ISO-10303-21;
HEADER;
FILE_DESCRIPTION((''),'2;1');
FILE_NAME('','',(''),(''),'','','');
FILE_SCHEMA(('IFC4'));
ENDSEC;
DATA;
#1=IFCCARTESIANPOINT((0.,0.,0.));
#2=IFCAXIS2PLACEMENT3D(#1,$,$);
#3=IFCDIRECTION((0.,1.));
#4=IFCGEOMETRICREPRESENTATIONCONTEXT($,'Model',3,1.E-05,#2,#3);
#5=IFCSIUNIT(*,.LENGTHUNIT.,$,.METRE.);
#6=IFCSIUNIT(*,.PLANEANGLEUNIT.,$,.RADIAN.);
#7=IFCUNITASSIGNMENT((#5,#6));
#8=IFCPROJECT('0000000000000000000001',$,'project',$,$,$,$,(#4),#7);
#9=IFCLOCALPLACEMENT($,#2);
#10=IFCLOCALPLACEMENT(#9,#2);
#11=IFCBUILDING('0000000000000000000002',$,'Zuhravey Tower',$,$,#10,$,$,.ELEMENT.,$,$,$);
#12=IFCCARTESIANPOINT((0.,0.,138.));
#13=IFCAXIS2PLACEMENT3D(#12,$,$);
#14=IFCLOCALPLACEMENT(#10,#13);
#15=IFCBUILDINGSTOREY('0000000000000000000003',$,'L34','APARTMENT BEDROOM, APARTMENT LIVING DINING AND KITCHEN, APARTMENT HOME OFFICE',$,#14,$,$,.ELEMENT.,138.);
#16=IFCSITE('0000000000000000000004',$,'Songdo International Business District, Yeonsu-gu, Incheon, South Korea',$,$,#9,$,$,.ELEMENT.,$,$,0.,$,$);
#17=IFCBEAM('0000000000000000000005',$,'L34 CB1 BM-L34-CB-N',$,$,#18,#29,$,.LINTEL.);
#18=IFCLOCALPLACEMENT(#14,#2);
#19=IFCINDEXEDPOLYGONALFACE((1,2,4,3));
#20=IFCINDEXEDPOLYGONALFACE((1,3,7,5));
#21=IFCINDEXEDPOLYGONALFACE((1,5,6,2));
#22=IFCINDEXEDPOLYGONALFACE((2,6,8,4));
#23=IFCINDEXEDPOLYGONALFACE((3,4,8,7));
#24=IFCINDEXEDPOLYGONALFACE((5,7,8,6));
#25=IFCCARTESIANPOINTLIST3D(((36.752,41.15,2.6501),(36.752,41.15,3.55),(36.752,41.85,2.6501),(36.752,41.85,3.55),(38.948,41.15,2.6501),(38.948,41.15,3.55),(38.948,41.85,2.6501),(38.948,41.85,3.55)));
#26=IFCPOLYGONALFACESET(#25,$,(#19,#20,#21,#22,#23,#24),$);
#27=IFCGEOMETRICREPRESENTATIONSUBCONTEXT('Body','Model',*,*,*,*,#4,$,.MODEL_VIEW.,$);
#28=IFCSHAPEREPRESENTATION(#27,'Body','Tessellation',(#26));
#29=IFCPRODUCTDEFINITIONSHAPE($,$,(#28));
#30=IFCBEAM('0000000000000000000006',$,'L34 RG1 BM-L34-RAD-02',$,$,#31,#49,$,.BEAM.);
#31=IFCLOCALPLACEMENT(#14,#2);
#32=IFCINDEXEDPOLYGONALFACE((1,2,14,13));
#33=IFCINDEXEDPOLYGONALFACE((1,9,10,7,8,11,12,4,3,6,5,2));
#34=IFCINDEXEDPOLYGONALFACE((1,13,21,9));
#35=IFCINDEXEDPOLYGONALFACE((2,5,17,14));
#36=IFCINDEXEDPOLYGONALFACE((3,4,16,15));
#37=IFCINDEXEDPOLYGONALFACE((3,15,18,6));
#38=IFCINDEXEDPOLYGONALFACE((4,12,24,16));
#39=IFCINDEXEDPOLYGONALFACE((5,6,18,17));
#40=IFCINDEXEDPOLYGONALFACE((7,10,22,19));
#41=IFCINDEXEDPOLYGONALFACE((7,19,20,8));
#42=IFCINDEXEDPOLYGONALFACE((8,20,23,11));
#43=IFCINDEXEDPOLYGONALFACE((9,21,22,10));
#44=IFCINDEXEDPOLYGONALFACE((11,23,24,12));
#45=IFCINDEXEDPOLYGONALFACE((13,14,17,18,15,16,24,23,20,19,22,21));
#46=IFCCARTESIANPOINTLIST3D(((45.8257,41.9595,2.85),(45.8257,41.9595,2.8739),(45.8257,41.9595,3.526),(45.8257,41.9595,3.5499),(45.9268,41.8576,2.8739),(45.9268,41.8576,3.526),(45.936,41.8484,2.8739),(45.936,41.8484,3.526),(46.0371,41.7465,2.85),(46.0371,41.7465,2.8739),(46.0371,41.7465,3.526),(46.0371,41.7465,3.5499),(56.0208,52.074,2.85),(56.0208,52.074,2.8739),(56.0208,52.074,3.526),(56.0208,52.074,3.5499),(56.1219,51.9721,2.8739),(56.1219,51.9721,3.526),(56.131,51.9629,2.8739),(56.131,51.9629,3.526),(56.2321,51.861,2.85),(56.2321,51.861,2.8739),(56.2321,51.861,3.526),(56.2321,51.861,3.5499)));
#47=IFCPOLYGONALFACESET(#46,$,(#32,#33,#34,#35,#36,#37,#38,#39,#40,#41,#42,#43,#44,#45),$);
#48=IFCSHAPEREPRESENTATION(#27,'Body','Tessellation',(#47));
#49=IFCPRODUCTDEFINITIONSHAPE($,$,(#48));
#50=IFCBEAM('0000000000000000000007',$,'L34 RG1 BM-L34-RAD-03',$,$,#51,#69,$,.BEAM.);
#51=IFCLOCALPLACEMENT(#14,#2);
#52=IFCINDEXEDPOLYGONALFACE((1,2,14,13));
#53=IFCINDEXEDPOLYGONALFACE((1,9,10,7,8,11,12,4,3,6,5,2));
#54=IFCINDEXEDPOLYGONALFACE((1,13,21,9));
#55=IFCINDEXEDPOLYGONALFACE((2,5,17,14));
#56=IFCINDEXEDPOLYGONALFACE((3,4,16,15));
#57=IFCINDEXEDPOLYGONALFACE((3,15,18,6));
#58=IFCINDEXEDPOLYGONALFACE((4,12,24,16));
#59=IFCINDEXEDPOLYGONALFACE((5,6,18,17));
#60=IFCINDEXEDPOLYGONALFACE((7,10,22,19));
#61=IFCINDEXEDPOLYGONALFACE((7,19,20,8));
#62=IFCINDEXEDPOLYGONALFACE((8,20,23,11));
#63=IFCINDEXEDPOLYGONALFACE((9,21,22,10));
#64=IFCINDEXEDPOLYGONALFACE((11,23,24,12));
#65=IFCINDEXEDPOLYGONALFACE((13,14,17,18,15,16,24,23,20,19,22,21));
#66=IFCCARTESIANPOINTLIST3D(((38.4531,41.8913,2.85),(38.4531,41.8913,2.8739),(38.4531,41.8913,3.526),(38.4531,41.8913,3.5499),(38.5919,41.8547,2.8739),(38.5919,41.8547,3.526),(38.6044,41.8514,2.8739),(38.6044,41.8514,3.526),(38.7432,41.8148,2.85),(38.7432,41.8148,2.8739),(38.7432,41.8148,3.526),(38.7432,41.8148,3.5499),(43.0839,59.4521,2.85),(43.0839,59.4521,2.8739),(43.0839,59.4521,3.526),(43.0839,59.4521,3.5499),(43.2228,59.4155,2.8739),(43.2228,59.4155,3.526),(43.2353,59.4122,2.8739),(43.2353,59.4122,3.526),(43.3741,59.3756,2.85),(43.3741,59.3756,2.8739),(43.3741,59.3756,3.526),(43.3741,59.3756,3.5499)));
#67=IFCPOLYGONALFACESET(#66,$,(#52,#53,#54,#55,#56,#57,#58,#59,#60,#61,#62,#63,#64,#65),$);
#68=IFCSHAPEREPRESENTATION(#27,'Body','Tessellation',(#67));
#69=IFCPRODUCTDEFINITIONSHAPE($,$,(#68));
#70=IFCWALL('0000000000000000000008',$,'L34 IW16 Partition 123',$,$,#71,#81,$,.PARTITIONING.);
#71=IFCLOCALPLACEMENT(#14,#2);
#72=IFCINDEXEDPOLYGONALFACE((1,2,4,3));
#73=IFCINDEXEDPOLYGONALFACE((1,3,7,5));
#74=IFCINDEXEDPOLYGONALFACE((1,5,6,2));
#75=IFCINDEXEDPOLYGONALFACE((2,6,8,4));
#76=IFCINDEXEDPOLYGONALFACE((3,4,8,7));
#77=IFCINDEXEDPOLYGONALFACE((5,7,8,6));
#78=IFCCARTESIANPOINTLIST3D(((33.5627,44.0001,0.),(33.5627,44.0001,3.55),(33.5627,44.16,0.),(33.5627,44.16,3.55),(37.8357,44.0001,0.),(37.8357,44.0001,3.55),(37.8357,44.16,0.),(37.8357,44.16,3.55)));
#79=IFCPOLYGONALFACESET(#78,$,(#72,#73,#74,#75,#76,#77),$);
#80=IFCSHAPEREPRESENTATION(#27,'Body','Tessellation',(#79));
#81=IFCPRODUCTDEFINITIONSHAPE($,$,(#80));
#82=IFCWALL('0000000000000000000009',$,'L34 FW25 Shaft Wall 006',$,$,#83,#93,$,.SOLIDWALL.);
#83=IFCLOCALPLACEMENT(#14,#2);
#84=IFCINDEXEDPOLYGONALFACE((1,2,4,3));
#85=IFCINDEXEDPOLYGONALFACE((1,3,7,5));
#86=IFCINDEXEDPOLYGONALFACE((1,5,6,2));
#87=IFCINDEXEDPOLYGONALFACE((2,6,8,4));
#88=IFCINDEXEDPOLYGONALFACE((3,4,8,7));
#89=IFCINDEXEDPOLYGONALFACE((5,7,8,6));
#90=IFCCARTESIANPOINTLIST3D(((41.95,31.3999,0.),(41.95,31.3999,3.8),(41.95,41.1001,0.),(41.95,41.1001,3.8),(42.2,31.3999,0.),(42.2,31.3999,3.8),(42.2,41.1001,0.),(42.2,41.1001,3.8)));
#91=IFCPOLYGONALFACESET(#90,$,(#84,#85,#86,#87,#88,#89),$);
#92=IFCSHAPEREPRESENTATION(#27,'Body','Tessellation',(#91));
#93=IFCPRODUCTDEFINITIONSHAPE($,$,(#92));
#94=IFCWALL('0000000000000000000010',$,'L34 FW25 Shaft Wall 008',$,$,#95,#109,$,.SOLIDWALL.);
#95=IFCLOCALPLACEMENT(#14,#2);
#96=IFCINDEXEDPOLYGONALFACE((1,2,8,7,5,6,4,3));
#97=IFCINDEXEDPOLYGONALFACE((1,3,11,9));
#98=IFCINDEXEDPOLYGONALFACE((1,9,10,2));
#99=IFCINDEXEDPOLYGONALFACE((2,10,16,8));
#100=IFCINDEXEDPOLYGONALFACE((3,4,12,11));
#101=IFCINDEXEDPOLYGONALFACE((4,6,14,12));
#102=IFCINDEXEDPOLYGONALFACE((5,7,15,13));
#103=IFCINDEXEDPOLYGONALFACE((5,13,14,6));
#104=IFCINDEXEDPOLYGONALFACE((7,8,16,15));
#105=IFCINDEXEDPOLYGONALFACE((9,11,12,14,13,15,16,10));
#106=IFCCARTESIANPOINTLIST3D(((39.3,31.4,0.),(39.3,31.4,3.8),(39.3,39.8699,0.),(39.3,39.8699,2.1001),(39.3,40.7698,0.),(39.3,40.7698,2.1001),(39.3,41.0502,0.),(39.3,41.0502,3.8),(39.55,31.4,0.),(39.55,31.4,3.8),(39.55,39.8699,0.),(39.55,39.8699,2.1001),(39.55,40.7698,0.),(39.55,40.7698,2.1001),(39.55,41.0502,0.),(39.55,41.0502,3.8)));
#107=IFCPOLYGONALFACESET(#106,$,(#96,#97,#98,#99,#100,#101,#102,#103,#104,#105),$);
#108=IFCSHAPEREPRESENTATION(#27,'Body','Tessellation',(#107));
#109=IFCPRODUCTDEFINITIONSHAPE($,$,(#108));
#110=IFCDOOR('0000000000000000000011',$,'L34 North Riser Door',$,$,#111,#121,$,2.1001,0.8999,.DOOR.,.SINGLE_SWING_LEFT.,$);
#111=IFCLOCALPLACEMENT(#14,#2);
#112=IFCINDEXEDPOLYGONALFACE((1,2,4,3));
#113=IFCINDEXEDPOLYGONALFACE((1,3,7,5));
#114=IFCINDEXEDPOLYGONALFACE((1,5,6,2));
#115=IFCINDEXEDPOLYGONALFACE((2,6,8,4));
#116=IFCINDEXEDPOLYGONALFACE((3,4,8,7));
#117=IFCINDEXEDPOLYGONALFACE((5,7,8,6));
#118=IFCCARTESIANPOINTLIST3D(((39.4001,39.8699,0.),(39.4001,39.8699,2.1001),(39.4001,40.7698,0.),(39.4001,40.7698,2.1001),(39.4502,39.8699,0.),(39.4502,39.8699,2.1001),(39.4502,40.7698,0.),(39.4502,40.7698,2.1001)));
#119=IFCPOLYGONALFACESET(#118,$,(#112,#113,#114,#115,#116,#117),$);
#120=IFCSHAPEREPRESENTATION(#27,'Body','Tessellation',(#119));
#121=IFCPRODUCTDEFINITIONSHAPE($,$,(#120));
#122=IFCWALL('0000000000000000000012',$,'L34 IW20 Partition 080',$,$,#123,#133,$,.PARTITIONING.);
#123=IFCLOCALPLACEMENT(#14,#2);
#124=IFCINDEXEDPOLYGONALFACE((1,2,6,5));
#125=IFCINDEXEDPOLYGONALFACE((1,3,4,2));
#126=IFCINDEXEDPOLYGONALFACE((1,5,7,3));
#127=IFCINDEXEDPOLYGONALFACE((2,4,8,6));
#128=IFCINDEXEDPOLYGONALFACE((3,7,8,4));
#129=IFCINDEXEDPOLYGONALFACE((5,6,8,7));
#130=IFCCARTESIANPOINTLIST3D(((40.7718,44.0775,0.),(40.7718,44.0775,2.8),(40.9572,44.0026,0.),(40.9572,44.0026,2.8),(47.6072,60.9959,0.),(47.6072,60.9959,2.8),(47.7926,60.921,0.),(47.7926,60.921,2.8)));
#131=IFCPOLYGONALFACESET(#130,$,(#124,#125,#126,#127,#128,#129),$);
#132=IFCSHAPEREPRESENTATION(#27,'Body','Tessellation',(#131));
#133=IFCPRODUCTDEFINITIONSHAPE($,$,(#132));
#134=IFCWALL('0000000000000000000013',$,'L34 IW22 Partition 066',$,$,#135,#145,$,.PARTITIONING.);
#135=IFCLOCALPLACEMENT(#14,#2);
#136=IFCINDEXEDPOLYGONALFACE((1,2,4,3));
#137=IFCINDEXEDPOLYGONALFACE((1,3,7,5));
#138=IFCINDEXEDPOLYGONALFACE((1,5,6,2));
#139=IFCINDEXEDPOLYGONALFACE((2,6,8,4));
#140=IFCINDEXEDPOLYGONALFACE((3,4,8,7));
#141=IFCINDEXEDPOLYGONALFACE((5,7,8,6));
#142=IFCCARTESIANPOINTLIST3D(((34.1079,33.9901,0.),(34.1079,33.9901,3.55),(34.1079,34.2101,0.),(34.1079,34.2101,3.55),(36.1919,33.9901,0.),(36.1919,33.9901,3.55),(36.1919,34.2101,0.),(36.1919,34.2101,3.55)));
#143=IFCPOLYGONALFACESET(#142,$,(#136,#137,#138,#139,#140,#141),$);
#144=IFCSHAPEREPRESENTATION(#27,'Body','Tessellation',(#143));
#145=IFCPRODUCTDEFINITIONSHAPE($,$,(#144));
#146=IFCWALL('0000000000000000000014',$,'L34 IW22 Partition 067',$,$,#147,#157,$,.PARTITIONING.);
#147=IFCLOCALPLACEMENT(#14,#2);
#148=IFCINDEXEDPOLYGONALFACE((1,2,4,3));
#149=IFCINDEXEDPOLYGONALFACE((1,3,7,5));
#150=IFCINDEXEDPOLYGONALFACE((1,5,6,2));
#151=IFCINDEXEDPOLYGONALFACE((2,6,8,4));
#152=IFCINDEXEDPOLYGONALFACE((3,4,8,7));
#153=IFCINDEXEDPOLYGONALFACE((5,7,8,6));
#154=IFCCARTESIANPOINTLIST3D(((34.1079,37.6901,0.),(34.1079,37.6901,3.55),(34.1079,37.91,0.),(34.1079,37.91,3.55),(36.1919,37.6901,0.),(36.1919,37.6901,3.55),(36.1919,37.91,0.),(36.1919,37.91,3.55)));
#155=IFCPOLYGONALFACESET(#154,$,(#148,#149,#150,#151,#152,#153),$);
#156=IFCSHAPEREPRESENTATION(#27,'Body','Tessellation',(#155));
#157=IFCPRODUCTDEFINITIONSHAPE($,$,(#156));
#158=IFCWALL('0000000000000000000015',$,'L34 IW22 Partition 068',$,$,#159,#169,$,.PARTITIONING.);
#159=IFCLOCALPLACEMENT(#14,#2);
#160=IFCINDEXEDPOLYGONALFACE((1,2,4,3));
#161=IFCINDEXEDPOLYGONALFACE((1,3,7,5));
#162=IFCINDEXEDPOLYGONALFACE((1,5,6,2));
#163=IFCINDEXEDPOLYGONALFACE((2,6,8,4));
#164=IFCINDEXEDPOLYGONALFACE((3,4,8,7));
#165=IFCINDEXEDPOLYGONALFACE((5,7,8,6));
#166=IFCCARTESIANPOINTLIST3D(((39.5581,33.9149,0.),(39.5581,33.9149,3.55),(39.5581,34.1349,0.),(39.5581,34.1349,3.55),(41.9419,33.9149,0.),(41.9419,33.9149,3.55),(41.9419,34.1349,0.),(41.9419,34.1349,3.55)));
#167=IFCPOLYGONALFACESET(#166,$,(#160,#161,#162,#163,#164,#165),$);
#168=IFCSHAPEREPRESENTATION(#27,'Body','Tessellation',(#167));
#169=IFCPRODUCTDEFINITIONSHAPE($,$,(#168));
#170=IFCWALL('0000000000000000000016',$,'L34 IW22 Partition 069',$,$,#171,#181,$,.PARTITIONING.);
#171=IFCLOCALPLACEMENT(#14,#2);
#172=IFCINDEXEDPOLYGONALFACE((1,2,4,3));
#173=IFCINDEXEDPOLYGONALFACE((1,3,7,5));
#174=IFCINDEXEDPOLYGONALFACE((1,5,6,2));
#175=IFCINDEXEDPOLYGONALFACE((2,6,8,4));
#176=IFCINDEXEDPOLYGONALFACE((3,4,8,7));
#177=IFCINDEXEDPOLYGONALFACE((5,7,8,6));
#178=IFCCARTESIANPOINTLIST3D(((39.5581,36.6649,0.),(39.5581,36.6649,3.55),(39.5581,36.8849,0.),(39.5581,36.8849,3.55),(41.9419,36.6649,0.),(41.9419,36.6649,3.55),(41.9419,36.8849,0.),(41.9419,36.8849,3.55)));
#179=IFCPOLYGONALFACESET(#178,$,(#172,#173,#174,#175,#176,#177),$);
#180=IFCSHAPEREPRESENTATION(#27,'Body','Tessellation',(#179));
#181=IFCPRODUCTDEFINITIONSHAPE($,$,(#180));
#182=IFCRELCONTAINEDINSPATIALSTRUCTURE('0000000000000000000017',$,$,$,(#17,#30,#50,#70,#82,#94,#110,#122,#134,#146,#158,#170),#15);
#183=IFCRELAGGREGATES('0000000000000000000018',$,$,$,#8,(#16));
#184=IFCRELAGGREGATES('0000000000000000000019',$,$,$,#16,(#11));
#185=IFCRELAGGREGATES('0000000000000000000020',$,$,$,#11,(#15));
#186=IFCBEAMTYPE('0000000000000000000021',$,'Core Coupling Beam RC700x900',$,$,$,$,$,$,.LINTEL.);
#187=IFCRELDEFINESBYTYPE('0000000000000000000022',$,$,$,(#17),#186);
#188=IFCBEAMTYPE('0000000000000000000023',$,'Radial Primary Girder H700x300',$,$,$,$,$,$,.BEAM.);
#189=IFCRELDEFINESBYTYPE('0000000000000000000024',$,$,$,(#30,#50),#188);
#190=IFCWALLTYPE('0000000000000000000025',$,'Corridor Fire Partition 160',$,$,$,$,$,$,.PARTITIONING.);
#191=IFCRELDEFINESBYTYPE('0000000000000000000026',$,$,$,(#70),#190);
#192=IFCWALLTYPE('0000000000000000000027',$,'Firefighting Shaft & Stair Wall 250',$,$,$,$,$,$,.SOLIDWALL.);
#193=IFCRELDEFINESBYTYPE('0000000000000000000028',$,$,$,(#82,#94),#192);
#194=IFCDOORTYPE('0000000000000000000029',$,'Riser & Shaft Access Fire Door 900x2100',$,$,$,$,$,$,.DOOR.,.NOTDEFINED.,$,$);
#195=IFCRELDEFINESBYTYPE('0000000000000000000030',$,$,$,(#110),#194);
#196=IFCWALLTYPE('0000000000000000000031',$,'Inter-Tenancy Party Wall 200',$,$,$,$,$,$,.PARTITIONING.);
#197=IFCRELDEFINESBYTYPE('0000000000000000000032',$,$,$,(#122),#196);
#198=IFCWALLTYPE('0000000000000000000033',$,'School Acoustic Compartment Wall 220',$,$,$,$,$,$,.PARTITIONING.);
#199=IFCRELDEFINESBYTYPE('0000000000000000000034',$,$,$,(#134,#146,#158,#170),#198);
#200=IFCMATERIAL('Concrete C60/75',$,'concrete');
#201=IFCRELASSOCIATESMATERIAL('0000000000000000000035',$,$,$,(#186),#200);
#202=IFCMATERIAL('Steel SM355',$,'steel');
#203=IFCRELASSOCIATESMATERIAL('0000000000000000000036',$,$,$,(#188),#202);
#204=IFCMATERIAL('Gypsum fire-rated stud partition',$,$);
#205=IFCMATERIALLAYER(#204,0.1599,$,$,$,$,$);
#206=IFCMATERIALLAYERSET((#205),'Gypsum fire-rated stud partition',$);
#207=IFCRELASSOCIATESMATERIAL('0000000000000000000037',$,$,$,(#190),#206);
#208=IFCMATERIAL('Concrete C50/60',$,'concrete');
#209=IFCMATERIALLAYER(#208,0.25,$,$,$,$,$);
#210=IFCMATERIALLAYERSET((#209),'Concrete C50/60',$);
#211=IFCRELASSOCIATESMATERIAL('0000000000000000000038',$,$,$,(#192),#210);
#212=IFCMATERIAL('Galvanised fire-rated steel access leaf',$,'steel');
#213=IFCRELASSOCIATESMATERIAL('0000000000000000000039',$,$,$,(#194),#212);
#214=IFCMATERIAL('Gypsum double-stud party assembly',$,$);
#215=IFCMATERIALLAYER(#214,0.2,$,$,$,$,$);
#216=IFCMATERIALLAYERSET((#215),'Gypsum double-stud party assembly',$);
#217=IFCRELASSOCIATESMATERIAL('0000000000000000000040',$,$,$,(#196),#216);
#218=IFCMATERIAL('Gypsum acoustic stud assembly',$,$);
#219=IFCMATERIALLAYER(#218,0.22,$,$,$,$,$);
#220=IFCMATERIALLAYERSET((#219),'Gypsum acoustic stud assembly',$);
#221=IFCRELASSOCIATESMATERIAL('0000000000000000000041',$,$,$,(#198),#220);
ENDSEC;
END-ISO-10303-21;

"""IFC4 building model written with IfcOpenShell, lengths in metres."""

from ifc_helpers import new_model, si_unit, direction, frame, frame_2d, origin, origin_2d, place, context, subcontext, project, spatial, rectangle, i_section, extrude, material, layer, layer_set, material_profile, profile_set, type_object, element, fill, save


model = new_model("IFC4")

# Units and contexts
model_context = context("Model", 3, precision=1e-05, world=origin(), true_north=direction((0.0, 1.0)))
body_context = subcontext(model_context, "Body", "Model", "MODEL_VIEW")
ifc_project = project(units=[si_unit("LENGTHUNIT", "METRE"), si_unit("PLANEANGLEUNIT", "RADIAN")], contexts=[model_context])

# Site, building, storey
site_placement = place(None, origin())
site = spatial("IfcSite", under=ifc_project, at=site_placement, Name="Songdo International Business District, Yeonsu-gu, Incheon, South Korea", CompositionType="ELEMENT", RefElevation=0.0)
building_placement = place(site_placement, origin())
building = spatial("IfcBuilding", under=site, at=building_placement, Name="Zuhravey Tower", CompositionType="ELEMENT")
storey_placement = place(building_placement, frame((0.0, 0.0, 138.0)))
storey = spatial("IfcBuildingStorey", under=building, at=storey_placement, Name="L34", Description="APARTMENT BEDROOM, APARTMENT LIVING DINING AND KITCHEN, APARTMENT HOME OFFICE", CompositionType="ELEMENT", Elevation=138.0)

# Beams
ifc_material_1 = material(Name="Concrete C60/75", Category="concrete")
ifc_material_profile_1 = material_profile(ifc_material_1, rectangle(XDim=0.7, YDim=0.8999, at=origin_2d()), Name="RC-700x900")
ifc_profile_set_1 = profile_set([ifc_material_profile_1], Name="Concrete C60/75")
beam_type_1 = type_object("IfcBeamType", Name="Core Coupling Beam RC700x900", PredefinedType="LINTEL", material=ifc_profile_set_1)
beam_1_placement = place(storey_placement, frame((36.752, 41.5, 3.1001), z_axis=(1.0, 0.0, 0.0), x_axis=(0.0, 1.0, 0.0)))
element("IfcBeam", 1, at=beam_1_placement, inside=storey, type_object=beam_type_1, Name="L34 CB1 BM-L34-CB-N", PredefinedType="LINTEL", context=body_context, shape_type="SweptSolid", body=[
    extrude(rectangle(XDim=0.7, YDim=0.8999, at=origin_2d()), origin(), (0.0, 0.0, 1.0), 2.196),
])
ifc_material_2 = material(Name="Steel SM355", Category="steel")
ifc_material_profile_2 = material_profile(ifc_material_2, i_section(OverallWidth=0.3, OverallDepth=0.7, WebThickness=0.0129, FlangeThickness=0.0239, at=origin_2d()), Name="H-700x300x13x24")
ifc_profile_set_2 = profile_set([ifc_material_profile_2], Name="Steel SM355")
beam_type_2 = type_object("IfcBeamType", Name="Radial Primary Girder H700x300", PredefinedType="BEAM", material=ifc_profile_set_2)
beam_2_placement = place(storey_placement, frame((45.9314, 41.853, 3.2), z_axis=(0.709906, 0.704296, 0.0), x_axis=(-0.704296, 0.709906, 0.0)))
element("IfcBeam", 2, at=beam_2_placement, inside=storey, type_object=beam_type_2, Name="L34 RG1 BM-L34-RAD-02", PredefinedType="BEAM", context=body_context, shape_type="SweptSolid", body=[
    extrude(i_section(OverallWidth=0.3, OverallDepth=0.7, WebThickness=0.0129, FlangeThickness=0.0239, at=origin_2d()), origin(), (0.0, 0.0, 1.0), 14.3611),
])
beam_3_placement = place(storey_placement, frame((38.5981, 41.853, 3.2), z_axis=(0.254988, 0.966944, 0.0), x_axis=(-0.966944, 0.254988, 0.0)))
element("IfcBeam", 3, at=beam_3_placement, inside=storey, type_object=beam_type_2, Name="L34 RG1 BM-L34-RAD-03", PredefinedType="BEAM", context=body_context, shape_type="SweptSolid", body=[
    extrude(i_section(OverallWidth=0.3, OverallDepth=0.7, WebThickness=0.0129, FlangeThickness=0.0239, at=origin_2d()), origin(), (0.0, 0.0, 1.0), 18.1611),
])

# Shared definitions
ifc_material_3 = material(Name="Gypsum fire-rated stud partition")
ifc_layer_1 = layer(ifc_material_3, 0.1599)
ifc_layer_set_1 = layer_set([ifc_layer_1], Name="Gypsum fire-rated stud partition")
wall_type_1 = type_object("IfcWallType", Name="Corridor Fire Partition 160", PredefinedType="PARTITIONING", material=ifc_layer_set_1)

# Wall
wall_1_placement = place(storey_placement, frame((37.8357, 44.0801, 0.0), z_axis=(0.0, 0.0, 1.0), x_axis=(-1.0, 0.0, 0.0)))
element("IfcWall", 4, at=wall_1_placement, inside=storey, type_object=wall_type_1, Name="L34 IW16 Partition 123", PredefinedType="PARTITIONING", context=body_context, shape_type="SweptSolid", body=[
    extrude(rectangle(XDim=4.2729, YDim=0.1599, at=frame_2d((2.1365, 0.0))), origin(), (0.0, 0.0, 1.0), 3.55),
])

# Shared definitions
ifc_material_4 = material(Name="Concrete C50/60", Category="concrete")
ifc_layer_2 = layer(ifc_material_4, 0.25)
ifc_layer_set_2 = layer_set([ifc_layer_2], Name="Concrete C50/60")
wall_type_2 = type_object("IfcWallType", Name="Firefighting Shaft & Stair Wall 250", PredefinedType="SOLIDWALL", material=ifc_layer_set_2)

# Wall
wall_2_placement = place(storey_placement, frame((42.075, 31.3999, 0.0), z_axis=(0.0, 0.0, 1.0), x_axis=(0.0, 1.0, 0.0)))
element("IfcWall", 5, at=wall_2_placement, inside=storey, type_object=wall_type_2, Name="L34 FW25 Shaft Wall 006", PredefinedType="SOLIDWALL", context=body_context, shape_type="SweptSolid", body=[
    extrude(rectangle(XDim=9.7002, YDim=0.25, at=frame_2d((4.8501, 0.0))), origin(), (0.0, 0.0, 1.0), 3.8),
])

# Wall, opening, door
wall_3_placement = place(storey_placement, frame((39.425, 31.3999, 0.0), z_axis=(0.0, 0.0, 1.0), x_axis=(0.0, 1.0, 0.0)))
wall_3 = element("IfcWall", 6, at=wall_3_placement, inside=storey, type_object=wall_type_2, Name="L34 FW25 Shaft Wall 008", PredefinedType="SOLIDWALL", context=body_context, shape_type="SweptSolid", body=[
    extrude(rectangle(XDim=9.6501, YDim=0.25, at=frame_2d((4.8252, 0.0))), origin(), (0.0, 0.0, 1.0), 3.8),
])
opening_1_placement = place(wall_3_placement, frame((8.47, 0.0, 0.0)))
opening_1 = element("IfcOpeningElement", 7, at=opening_1_placement, cuts=wall_3, PredefinedType="OPENING", context=body_context, shape_type="SweptSolid", body=[
    extrude(rectangle(XDim=0.8999, YDim=2.1001, at=frame_2d((0.45, 1.05))), frame((0.0, 0.137, 0.0), z_axis=(0.0, -1.0, 0.0), x_axis=(1.0, 0.0, 0.0)), (0.0, 0.0, 1.0), 0.2739),
])
ifc_material_5 = material(Name="Galvanised fire-rated steel access leaf", Category="steel")
door_type_1 = type_object("IfcDoorType", Name="Riser & Shaft Access Fire Door 900x2100", OperationType="NOTDEFINED", PredefinedType="DOOR", material=ifc_material_5)
door_1_placement = place(opening_1_placement, origin())
door_1 = element("IfcDoor", 8, at=door_1_placement, inside=storey, type_object=door_type_1, Name="L34 North Riser Door", OperationType="SINGLE_SWING_LEFT", OverallHeight=2.1001, OverallWidth=0.8999, PredefinedType="DOOR", context=body_context, shape_type="SweptSolid", body=[
    extrude(rectangle(XDim=0.8999, YDim=2.1001, at=frame_2d((0.45, 1.05))), frame((0.0, 0.0249, 0.0), z_axis=(0.0, -1.0, 0.0), x_axis=(1.0, 0.0, 0.0)), (0.0, 0.0, 1.0), 0.05),
])
fill(opening_1, door_1)

# Walls
ifc_material_6 = material(Name="Gypsum double-stud party assembly")
ifc_layer_3 = layer(ifc_material_6, 0.2)
ifc_layer_set_3 = layer_set([ifc_layer_3], Name="Gypsum double-stud party assembly")
wall_type_3 = type_object("IfcWallType", Name="Inter-Tenancy Party Wall 200", PredefinedType="PARTITIONING", material=ifc_layer_set_3)
wall_4_placement = place(storey_placement, frame((40.8645, 44.04, 0.0), z_axis=(0.0, 0.0, 1.0), x_axis=(0.374604, 0.927185, 0.0)))
element("IfcWall", 9, at=wall_4_placement, inside=storey, type_object=wall_type_3, Name="L34 IW20 Partition 080", PredefinedType="PARTITIONING", context=body_context, shape_type="SweptSolid", body=[
    extrude(rectangle(XDim=18.2471, YDim=0.2, at=frame_2d((9.1235, 0.0))), origin(), (0.0, 0.0, 1.0), 2.8),
])
ifc_material_7 = material(Name="Gypsum acoustic stud assembly")
ifc_layer_4 = layer(ifc_material_7, 0.22)
ifc_layer_set_4 = layer_set([ifc_layer_4], Name="Gypsum acoustic stud assembly")
wall_type_4 = type_object("IfcWallType", Name="School Acoustic Compartment Wall 220", PredefinedType="PARTITIONING", material=ifc_layer_set_4)
for number, where, z_axis, x_axis, name in (
    (10, (34.1079, 34.1001, 0.0), (0.0, 0.0, 1.0), (1.0, 0.0, 0.0), "L34 IW22 Partition 066"),
    (11, (34.1079, 37.8, 0.0), (0.0, 0.0, 1.0), (1.0, 0.0, 0.0), "L34 IW22 Partition 067"),
):
    element("IfcWall", number, at=place(storey_placement, frame(where, z_axis=z_axis, x_axis=x_axis)), inside=storey, type_object=wall_type_4, Name=name, PredefinedType="PARTITIONING", context=body_context, shape_type="SweptSolid", body=[
        extrude(rectangle(XDim=2.084, YDim=0.22, at=frame_2d((1.042, 0.0))), origin(), (0.0, 0.0, 1.0), 3.55),
    ])
for number, where, z_axis, x_axis, name in (
    (12, (39.5581, 34.0249, 0.0), (0.0, 0.0, 1.0), (1.0, 0.0, 0.0), "L34 IW22 Partition 068"),
    (13, (39.5581, 36.7749, 0.0), (0.0, 0.0, 1.0), (1.0, 0.0, 0.0), "L34 IW22 Partition 069"),
):
    element("IfcWall", number, at=place(storey_placement, frame(where, z_axis=z_axis, x_axis=x_axis)), inside=storey, type_object=wall_type_4, Name=name, PredefinedType="PARTITIONING", context=body_context, shape_type="SweptSolid", body=[
        extrude(rectangle(XDim=2.3838, YDim=0.22, at=frame_2d((1.1919, 0.0))), origin(), (0.0, 0.0, 1.0), 3.55),
    ])

save(model, "model.ifc")
